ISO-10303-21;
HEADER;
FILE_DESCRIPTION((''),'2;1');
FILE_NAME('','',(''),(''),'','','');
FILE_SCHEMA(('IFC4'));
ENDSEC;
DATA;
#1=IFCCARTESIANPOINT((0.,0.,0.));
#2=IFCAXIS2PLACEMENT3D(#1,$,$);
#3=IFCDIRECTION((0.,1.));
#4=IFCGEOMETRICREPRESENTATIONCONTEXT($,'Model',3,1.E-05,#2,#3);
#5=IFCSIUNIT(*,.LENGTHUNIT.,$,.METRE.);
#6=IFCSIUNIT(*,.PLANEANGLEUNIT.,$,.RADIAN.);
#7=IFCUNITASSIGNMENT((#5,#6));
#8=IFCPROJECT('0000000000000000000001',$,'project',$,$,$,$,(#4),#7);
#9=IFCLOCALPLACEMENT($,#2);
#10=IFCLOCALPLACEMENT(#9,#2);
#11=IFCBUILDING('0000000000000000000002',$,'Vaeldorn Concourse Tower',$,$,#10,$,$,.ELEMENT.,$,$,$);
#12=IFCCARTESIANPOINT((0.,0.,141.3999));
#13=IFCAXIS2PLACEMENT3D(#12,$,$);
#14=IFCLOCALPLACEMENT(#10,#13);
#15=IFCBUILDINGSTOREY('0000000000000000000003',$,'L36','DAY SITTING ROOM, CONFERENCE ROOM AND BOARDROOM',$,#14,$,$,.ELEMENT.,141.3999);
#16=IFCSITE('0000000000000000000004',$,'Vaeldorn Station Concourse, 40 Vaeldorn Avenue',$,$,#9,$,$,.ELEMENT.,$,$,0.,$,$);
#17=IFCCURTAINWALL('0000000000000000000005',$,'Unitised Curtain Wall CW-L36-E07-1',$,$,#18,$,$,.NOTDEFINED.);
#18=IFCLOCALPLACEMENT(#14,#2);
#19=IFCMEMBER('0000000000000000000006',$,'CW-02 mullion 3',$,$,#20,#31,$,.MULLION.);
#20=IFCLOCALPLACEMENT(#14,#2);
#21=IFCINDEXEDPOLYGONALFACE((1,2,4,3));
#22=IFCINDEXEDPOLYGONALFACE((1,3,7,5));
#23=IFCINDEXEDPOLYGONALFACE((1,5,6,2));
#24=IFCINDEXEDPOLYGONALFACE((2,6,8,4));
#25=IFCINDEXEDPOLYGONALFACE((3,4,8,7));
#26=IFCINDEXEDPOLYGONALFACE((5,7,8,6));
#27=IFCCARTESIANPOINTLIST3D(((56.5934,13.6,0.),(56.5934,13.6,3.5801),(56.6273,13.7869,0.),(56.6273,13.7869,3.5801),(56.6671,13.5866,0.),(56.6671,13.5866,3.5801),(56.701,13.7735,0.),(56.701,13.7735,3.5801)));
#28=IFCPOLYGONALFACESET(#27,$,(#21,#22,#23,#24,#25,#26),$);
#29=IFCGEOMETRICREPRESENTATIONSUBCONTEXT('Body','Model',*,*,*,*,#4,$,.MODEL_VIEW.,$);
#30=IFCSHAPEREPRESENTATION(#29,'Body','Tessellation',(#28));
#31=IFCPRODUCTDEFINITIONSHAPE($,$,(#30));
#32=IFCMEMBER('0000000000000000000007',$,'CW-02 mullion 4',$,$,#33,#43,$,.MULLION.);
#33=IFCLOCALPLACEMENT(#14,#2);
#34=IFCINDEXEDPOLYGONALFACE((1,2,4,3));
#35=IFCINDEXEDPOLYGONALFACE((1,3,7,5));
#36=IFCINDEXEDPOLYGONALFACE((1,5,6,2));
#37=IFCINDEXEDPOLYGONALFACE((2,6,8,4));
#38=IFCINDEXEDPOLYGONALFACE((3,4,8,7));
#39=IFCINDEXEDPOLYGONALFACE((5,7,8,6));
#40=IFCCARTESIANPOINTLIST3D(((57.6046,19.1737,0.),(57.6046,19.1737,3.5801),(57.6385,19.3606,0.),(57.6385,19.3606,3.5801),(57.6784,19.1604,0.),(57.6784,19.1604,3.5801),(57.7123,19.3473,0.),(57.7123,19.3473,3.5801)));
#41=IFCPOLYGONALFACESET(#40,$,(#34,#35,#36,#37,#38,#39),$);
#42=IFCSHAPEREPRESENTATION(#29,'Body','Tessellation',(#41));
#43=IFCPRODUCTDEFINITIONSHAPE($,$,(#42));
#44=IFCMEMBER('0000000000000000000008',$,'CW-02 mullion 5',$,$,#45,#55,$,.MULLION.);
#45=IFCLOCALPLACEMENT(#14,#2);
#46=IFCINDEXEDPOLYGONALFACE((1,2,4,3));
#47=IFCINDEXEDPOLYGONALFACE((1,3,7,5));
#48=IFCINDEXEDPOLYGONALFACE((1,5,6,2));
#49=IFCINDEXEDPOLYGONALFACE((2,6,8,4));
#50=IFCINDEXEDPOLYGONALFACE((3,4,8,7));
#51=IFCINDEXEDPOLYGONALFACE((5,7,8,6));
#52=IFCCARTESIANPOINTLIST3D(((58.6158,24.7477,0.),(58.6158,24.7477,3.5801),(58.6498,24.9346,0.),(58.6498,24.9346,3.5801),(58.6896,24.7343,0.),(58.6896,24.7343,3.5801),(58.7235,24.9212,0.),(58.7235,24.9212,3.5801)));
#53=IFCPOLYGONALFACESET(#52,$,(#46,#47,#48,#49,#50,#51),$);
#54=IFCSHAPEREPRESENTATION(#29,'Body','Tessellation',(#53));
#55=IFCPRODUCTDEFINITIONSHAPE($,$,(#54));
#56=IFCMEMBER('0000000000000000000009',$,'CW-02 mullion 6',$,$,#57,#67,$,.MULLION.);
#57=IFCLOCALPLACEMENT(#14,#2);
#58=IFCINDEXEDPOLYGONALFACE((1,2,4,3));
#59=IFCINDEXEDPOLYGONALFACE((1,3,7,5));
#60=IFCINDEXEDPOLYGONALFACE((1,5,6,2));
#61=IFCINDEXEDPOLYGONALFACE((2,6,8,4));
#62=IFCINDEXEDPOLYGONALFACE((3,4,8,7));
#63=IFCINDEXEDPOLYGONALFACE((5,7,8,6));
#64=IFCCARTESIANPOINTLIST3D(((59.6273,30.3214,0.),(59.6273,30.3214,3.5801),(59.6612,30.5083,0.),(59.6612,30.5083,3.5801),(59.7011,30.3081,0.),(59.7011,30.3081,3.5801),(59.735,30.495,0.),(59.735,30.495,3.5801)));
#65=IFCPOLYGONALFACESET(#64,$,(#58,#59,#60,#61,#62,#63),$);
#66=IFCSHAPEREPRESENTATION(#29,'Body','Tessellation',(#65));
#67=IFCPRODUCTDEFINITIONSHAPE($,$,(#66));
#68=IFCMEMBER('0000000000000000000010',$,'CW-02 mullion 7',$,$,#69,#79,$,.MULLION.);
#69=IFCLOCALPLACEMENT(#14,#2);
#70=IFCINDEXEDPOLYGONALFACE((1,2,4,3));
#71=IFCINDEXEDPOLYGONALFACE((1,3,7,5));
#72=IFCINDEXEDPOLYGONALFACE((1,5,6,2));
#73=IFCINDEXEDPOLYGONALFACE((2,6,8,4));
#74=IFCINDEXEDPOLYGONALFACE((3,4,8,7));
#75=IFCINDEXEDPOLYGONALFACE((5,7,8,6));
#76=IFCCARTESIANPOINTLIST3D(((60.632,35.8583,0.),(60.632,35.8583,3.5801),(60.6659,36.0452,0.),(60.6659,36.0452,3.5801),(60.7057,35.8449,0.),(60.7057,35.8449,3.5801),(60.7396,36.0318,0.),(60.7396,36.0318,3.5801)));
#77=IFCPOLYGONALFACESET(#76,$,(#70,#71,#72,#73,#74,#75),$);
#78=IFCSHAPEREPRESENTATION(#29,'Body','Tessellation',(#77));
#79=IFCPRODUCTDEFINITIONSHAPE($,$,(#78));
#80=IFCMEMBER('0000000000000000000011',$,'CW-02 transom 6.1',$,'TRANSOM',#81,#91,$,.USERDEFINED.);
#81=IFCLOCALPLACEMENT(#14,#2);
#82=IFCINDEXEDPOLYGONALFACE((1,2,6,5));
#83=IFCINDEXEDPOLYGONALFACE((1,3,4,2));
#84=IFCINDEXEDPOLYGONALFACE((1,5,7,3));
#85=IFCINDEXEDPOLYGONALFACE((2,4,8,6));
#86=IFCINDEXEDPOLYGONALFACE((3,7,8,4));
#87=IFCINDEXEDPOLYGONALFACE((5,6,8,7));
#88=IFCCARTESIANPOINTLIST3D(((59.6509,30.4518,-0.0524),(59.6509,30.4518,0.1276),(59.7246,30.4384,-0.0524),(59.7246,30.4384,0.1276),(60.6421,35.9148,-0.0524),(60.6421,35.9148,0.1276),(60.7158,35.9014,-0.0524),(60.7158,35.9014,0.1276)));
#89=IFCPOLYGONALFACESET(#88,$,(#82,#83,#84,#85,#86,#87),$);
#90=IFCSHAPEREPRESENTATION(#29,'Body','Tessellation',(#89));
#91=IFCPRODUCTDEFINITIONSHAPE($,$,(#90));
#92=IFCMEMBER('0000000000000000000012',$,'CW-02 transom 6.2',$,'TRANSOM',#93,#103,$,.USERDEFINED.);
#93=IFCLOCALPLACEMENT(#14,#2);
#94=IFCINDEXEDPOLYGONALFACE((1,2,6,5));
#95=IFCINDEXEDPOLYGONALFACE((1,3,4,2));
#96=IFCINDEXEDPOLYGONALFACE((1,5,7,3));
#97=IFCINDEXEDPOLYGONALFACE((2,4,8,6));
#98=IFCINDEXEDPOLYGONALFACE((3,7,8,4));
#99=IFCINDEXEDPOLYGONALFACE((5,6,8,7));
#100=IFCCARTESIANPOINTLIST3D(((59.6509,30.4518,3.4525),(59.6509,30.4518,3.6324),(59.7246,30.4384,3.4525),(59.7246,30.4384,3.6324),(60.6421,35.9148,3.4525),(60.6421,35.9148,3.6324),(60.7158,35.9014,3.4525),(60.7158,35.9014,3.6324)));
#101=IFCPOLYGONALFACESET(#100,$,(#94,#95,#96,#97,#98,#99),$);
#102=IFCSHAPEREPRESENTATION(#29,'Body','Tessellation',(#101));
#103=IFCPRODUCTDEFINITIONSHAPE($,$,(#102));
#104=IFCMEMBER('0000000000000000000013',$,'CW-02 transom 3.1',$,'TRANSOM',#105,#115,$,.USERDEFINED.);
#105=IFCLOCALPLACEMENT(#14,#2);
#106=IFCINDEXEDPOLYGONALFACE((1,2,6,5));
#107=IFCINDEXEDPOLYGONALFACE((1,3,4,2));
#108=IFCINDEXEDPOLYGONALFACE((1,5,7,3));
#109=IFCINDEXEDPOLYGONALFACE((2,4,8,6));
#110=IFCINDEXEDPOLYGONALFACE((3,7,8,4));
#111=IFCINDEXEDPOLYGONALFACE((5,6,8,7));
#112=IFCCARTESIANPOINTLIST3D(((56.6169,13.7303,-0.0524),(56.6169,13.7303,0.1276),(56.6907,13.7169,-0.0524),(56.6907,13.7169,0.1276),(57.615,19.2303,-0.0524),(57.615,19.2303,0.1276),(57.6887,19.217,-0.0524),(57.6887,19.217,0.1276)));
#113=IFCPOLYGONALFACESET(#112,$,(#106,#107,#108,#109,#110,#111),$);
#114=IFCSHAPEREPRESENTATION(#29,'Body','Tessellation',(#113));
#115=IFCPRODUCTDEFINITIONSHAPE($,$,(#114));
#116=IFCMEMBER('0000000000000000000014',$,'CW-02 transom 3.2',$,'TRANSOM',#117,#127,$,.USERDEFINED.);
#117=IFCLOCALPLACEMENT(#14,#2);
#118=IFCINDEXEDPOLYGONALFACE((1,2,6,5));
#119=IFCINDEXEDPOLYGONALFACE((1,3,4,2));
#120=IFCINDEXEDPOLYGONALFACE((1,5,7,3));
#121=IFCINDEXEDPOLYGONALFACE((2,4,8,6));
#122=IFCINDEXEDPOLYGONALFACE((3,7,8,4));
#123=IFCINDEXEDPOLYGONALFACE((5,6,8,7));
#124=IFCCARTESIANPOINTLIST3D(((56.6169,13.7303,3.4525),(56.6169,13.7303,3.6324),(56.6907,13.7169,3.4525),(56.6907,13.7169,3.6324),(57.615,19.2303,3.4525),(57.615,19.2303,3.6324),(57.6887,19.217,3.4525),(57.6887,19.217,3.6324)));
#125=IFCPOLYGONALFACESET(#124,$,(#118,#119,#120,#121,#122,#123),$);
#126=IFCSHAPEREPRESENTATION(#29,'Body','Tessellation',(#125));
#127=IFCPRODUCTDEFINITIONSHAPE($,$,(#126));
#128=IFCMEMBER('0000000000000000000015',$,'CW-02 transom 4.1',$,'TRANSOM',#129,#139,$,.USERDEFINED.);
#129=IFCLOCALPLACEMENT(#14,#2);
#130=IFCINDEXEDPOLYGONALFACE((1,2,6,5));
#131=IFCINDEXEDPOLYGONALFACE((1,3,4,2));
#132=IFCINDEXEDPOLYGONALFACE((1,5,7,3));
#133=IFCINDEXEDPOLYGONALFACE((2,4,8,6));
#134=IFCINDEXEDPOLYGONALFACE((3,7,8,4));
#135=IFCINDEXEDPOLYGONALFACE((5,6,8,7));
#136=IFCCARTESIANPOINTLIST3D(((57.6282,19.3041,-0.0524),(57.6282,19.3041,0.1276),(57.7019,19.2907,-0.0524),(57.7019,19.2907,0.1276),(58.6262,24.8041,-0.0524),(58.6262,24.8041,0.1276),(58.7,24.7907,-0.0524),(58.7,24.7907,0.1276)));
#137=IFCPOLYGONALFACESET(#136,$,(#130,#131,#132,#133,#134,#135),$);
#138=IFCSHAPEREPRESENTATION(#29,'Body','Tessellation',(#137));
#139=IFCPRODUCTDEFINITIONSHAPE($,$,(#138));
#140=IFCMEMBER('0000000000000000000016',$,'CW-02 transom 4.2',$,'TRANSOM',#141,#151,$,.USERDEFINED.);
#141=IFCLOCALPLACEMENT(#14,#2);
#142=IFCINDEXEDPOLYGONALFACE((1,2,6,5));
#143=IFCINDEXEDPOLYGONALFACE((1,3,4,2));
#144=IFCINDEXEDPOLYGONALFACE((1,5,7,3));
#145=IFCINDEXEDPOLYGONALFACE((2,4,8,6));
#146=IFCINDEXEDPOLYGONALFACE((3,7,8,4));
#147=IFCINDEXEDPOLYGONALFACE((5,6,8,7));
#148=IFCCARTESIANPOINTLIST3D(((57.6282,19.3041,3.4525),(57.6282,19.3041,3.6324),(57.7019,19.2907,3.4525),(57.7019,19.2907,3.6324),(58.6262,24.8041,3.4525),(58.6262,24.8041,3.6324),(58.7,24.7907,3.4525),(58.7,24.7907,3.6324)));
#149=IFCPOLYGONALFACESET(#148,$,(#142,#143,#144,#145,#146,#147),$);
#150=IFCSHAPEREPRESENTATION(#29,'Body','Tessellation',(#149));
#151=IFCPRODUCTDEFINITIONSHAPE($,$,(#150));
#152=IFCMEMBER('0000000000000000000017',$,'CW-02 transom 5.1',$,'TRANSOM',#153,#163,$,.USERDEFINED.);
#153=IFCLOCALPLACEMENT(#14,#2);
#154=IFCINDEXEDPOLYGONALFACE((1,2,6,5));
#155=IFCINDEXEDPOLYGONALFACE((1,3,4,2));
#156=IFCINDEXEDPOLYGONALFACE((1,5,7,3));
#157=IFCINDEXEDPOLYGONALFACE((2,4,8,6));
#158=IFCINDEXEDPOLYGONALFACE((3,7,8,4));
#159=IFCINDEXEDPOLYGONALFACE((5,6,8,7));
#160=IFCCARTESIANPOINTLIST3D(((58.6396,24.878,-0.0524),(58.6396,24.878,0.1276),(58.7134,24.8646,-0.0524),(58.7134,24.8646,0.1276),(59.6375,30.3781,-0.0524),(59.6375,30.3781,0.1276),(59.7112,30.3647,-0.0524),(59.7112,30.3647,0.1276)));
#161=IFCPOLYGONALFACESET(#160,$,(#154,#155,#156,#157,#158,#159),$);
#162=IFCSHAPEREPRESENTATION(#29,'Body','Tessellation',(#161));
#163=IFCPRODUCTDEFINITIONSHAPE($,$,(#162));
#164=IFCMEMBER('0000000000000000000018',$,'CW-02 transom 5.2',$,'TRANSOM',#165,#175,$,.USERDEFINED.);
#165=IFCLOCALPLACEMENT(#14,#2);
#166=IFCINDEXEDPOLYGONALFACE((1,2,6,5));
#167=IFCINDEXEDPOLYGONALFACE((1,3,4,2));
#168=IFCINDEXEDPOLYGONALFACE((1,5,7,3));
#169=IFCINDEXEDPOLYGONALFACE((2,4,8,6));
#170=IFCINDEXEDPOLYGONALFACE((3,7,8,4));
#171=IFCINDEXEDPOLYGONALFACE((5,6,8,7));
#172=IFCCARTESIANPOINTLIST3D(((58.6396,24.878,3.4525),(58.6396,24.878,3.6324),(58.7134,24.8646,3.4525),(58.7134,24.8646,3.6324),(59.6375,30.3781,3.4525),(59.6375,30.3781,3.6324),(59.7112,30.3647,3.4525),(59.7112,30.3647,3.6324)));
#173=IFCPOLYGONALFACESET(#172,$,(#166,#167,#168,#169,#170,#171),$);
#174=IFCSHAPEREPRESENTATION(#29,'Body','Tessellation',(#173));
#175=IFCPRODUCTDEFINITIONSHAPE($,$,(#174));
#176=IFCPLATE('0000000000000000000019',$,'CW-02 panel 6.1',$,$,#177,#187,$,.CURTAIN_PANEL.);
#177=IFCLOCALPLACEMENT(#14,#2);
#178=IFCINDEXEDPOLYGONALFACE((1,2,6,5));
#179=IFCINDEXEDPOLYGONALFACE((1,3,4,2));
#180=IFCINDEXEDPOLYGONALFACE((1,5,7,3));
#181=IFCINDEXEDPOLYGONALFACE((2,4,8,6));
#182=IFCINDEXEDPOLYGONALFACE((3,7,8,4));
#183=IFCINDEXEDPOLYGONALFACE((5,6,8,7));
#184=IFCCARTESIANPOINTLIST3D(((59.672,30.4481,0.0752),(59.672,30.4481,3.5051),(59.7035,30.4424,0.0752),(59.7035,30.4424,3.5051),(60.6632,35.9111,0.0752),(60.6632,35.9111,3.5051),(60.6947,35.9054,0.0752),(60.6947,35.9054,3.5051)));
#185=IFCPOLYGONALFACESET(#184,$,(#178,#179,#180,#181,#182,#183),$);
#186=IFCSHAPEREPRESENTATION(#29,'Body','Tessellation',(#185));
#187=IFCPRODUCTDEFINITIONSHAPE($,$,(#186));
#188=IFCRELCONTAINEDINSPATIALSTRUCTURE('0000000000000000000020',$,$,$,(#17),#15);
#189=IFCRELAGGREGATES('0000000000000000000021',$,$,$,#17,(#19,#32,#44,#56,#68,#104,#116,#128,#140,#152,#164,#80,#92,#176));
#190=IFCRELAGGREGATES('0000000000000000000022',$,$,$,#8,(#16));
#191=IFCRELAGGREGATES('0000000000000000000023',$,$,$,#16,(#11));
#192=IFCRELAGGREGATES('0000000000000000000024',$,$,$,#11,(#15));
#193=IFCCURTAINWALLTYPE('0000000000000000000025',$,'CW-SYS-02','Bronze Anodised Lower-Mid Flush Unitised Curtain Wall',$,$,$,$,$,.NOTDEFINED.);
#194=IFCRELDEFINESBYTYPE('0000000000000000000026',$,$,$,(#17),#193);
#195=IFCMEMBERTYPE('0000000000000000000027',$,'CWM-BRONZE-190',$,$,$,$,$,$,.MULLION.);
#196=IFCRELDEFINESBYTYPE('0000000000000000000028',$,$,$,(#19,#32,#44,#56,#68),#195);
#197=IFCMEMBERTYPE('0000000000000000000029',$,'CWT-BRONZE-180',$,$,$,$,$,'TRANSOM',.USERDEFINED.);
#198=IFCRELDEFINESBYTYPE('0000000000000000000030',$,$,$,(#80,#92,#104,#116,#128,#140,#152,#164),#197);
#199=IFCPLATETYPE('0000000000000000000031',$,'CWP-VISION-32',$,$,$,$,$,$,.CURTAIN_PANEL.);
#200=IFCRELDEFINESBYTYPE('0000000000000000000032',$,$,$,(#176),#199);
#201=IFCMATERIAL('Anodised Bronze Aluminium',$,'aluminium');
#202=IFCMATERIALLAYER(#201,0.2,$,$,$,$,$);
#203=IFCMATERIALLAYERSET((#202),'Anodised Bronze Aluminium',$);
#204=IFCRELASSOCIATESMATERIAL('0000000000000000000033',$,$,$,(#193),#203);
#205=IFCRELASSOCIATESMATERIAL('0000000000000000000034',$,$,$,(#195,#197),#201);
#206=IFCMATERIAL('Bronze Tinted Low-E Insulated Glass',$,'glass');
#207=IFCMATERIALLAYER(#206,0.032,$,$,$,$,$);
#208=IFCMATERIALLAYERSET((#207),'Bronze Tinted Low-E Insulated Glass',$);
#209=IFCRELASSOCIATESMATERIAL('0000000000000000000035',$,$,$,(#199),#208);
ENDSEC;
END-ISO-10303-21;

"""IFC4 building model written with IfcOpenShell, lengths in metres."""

from ifc_helpers import new_model, si_unit, direction, frame, origin, origin_2d, place, context, subcontext, project, spatial, rectangle, extrude, source, transform, mapped, material, layer, layer_set, material_profile, profile_set, type_object, element, aggregate, save


model = new_model("IFC4")

# Units and contexts
model_context = context("Model", 3, precision=1e-05, world=origin(), true_north=direction((0.0, 1.0)))
body_context = subcontext(model_context, "Body", "Model", "MODEL_VIEW")
ifc_project = project(units=[si_unit("LENGTHUNIT", "METRE"), si_unit("PLANEANGLEUNIT", "RADIAN")], contexts=[model_context])

# Site, building, storey
site_placement = place(None, origin())
site = spatial("IfcSite", under=ifc_project, at=site_placement, Name="Vaeldorn Station Concourse, 40 Vaeldorn Avenue", CompositionType="ELEMENT", RefElevation=0.0)
building_placement = place(site_placement, origin())
building = spatial("IfcBuilding", under=site, at=building_placement, Name="Vaeldorn Concourse Tower", CompositionType="ELEMENT")
storey_placement = place(building_placement, frame((0.0, 0.0, 141.3999)))
storey = spatial("IfcBuildingStorey", under=building, at=storey_placement, Name="L36", Description="DAY SITTING ROOM, CONFERENCE ROOM AND BOARDROOM", CompositionType="ELEMENT", Elevation=141.3999)

# Curtain wall, members, plate
ifc_material_1 = material(Name="Anodised Bronze Aluminium", Category="aluminium")
ifc_layer_1 = layer(ifc_material_1, 0.2)
ifc_layer_set_1 = layer_set([ifc_layer_1], Name="Anodised Bronze Aluminium")
curtain_wall_type = type_object("IfcCurtainWallType", Name="CW-SYS-02", Description="Bronze Anodised Lower-Mid Flush Unitised Curtain Wall", PredefinedType="NOTDEFINED", material=ifc_layer_set_1)
curtain_wall_placement = place(storey_placement, origin())
curtain_wall = element("IfcCurtainWall", 1, at=curtain_wall_placement, inside=storey, type_object=curtain_wall_type, Name="Unitised Curtain Wall CW-L36-E07-1", PredefinedType="NOTDEFINED")
ifc_material_profile_1 = material_profile(ifc_material_1, rectangle(XDim=0.075, YDim=0.1899, at=origin_2d()), Name="CWM 75x190")
ifc_profile_set_1 = profile_set([ifc_material_profile_1], Name="Anodised Bronze Aluminium")
member_type_1 = type_object("IfcMemberType", Name="CWM-BRONZE-190", PredefinedType="MULLION", material=ifc_profile_set_1)
shared_shape_1 = source(origin(), body_context, "Body", "SweptSolid", [
    extrude(rectangle(XDim=0.075, YDim=0.1899, at=origin_2d()), origin(), (0.0, 0.0, 1.0), 3.5801),
])
member_1_placement = place(storey_placement, frame((56.6472, 13.6868, 0.0), z_axis=(0.0, 0.0, 1.0), x_axis=(-0.983935, 0.178526, 0.0)))
member_1 = element("IfcMember", 2, at=member_1_placement, type_object=member_type_1, Name="CW-02 mullion 3", PredefinedType="MULLION", context=body_context, shape_type="MappedRepresentation", body=[
    mapped(shared_shape_1, transform((0.0, 0.0, 0.0), scale=1.0)),
])
member_2_placement = place(storey_placement, frame((57.6584, 19.2605, 0.0), z_axis=(0.0, 0.0, 1.0), x_axis=(-0.983935, 0.178526, 0.0)))
member_2 = element("IfcMember", 3, at=member_2_placement, type_object=member_type_1, Name="CW-02 mullion 4", PredefinedType="MULLION", context=body_context, shape_type="MappedRepresentation", body=[
    mapped(shared_shape_1, transform((0.0, 0.0, 0.0), scale=1.0)),
])
member_3_placement = place(storey_placement, frame((58.6697, 24.8345, 0.0), z_axis=(0.0, 0.0, 1.0), x_axis=(-0.983935, 0.178526, 0.0)))
member_3 = element("IfcMember", 4, at=member_3_placement, type_object=member_type_1, Name="CW-02 mullion 5", PredefinedType="MULLION", context=body_context, shape_type="MappedRepresentation", body=[
    mapped(shared_shape_1, transform((0.0, 0.0, 0.0), scale=1.0)),
])
member_4_placement = place(storey_placement, frame((59.6812, 30.4082, 0.0), z_axis=(0.0, 0.0, 1.0), x_axis=(-0.983935, 0.178526, 0.0)))
member_4 = element("IfcMember", 5, at=member_4_placement, type_object=member_type_1, Name="CW-02 mullion 6", PredefinedType="MULLION", context=body_context, shape_type="MappedRepresentation", body=[
    mapped(shared_shape_1, transform((0.0, 0.0, 0.0), scale=1.0)),
])
member_5_placement = place(storey_placement, frame((60.6858, 35.9451, 0.0), z_axis=(0.0, 0.0, 1.0), x_axis=(-0.983935, 0.178526, 0.0)))
member_5 = element("IfcMember", 6, at=member_5_placement, type_object=member_type_1, Name="CW-02 mullion 7", PredefinedType="MULLION", context=body_context, shape_type="MappedRepresentation", body=[
    mapped(shared_shape_1, transform((0.0, 0.0, 0.0), scale=1.0)),
])
ifc_material_profile_2 = material_profile(ifc_material_1, rectangle(XDim=0.075, YDim=0.1799, at=origin_2d()), Name="CWT 75x180")
ifc_profile_set_2 = profile_set([ifc_material_profile_2], Name="Anodised Bronze Aluminium")
member_type_2 = type_object("IfcMemberType", Name="CWT-BRONZE-180", ElementType="TRANSOM", PredefinedType="USERDEFINED", material=ifc_profile_set_2)
shared_shape_2 = source(origin(), body_context, "Body", "SweptSolid", [
    extrude(rectangle(XDim=0.075, YDim=0.1799, at=origin_2d()), origin(), (0.0, 0.0, 1.0), 5.5522),
])
member_6_placement = place(storey_placement, frame((59.6877, 30.4451, 0.0376), z_axis=(0.178522, 0.983936, 0.0), x_axis=(-0.983936, 0.178522, 0.0)))
member_6 = element("IfcMember", 7, at=member_6_placement, type_object=member_type_2, Name="CW-02 transom 6.1", ObjectType="TRANSOM", PredefinedType="USERDEFINED", context=body_context, shape_type="MappedRepresentation", body=[
    mapped(shared_shape_2, transform((0.0, 0.0, 0.0), scale=1.0)),
])
member_7_placement = place(storey_placement, frame((59.6877, 30.4451, 3.5425), z_axis=(0.178522, 0.983936, 0.0), x_axis=(-0.983936, 0.178522, 0.0)))
member_7 = element("IfcMember", 8, at=member_7_placement, type_object=member_type_2, Name="CW-02 transom 6.2", ObjectType="TRANSOM", PredefinedType="USERDEFINED", context=body_context, shape_type="MappedRepresentation", body=[
    mapped(shared_shape_2, transform((0.0, 0.0, 0.0), scale=1.0)),
])
shared_shape_3 = source(origin(), body_context, "Body", "SweptSolid", [
    extrude(rectangle(XDim=0.075, YDim=0.1799, at=origin_2d()), origin(), (0.0, 0.0, 1.0), 5.5898),
])
member_8_placement = place(storey_placement, frame((56.6538, 13.7236, 0.0376), z_axis=(0.178547, 0.983931, 0.0), x_axis=(-0.983931, 0.178547, 0.0)))
member_8 = element("IfcMember", 9, at=member_8_placement, type_object=member_type_2, Name="CW-02 transom 3.1", ObjectType="TRANSOM", PredefinedType="USERDEFINED", context=body_context, shape_type="MappedRepresentation", body=[
    mapped(shared_shape_3, transform((0.0, 0.0, 0.0), scale=1.0)),
])
member_9_placement = place(storey_placement, frame((56.6538, 13.7236, 3.5425), z_axis=(0.178547, 0.983931, 0.0), x_axis=(-0.983931, 0.178547, 0.0)))
member_9 = element("IfcMember", 10, at=member_9_placement, type_object=member_type_2, Name="CW-02 transom 3.2", ObjectType="TRANSOM", PredefinedType="USERDEFINED", context=body_context, shape_type="MappedRepresentation", body=[
    mapped(shared_shape_3, transform((0.0, 0.0, 0.0), scale=1.0)),
])
member_10_placement = place(storey_placement, frame((57.665, 19.2974, 0.0376), z_axis=(0.178547, 0.983931, 0.0), x_axis=(-0.983931, 0.178547, 0.0)))
member_10 = element("IfcMember", 11, at=member_10_placement, type_object=member_type_2, Name="CW-02 transom 4.1", ObjectType="TRANSOM", PredefinedType="USERDEFINED", context=body_context, shape_type="MappedRepresentation", body=[
    mapped(shared_shape_3, transform((0.0, 0.0, 0.0), scale=1.0)),
])
member_11_placement = place(storey_placement, frame((57.665, 19.2974, 3.5425), z_axis=(0.178547, 0.983931, 0.0), x_axis=(-0.983931, 0.178547, 0.0)))
member_11 = element("IfcMember", 12, at=member_11_placement, type_object=member_type_2, Name="CW-02 transom 4.2", ObjectType="TRANSOM", PredefinedType="USERDEFINED", context=body_context, shape_type="MappedRepresentation", body=[
    mapped(shared_shape_3, transform((0.0, 0.0, 0.0), scale=1.0)),
])
member_12_placement = place(storey_placement, frame((58.6765, 24.8713, 0.0376), z_axis=(0.178505, 0.983939, 0.0), x_axis=(-0.983939, 0.178505, 0.0)))
member_12 = element("IfcMember", 13, at=member_12_placement, type_object=member_type_2, Name="CW-02 transom 5.1", ObjectType="TRANSOM", PredefinedType="USERDEFINED", context=body_context, shape_type="MappedRepresentation", body=[
    mapped(shared_shape_3, transform((0.0, 0.0, 0.0), scale=1.0)),
])
member_13_placement = place(storey_placement, frame((58.6765, 24.8713, 3.5425), z_axis=(0.178505, 0.983939, 0.0), x_axis=(-0.983939, 0.178505, 0.0)))
member_13 = element("IfcMember", 14, at=member_13_placement, type_object=member_type_2, Name="CW-02 transom 5.2", ObjectType="TRANSOM", PredefinedType="USERDEFINED", context=body_context, shape_type="MappedRepresentation", body=[
    mapped(shared_shape_3, transform((0.0, 0.0, 0.0), scale=1.0)),
])
ifc_material_2 = material(Name="Bronze Tinted Low-E Insulated Glass", Category="glass")
ifc_layer_2 = layer(ifc_material_2, 0.032)
ifc_layer_set_2 = layer_set([ifc_layer_2], Name="Bronze Tinted Low-E Insulated Glass")
plate_type = type_object("IfcPlateType", Name="CWP-VISION-32", PredefinedType="CURTAIN_PANEL", material=ifc_layer_set_2)
shared_shape_4 = source(origin(), body_context, "Body", "SweptSolid", [
    extrude(rectangle(XDim=5.5522, YDim=0.032, at=origin_2d()), origin(), (0.0, 0.0, 1.0), 3.4299),
])
plate_1_placement = place(storey_placement, frame((60.1833, 33.1768, 0.0752), z_axis=(0.0, 0.0, 1.0), x_axis=(0.178526, 0.983935, 0.0)))
plate_1 = element("IfcPlate", 15, at=plate_1_placement, type_object=plate_type, Name="CW-02 panel 6.1", PredefinedType="CURTAIN_PANEL", context=body_context, shape_type="MappedRepresentation", body=[
    mapped(shared_shape_4, transform((0.0, 0.0, 0.0), scale=1.0)),
])
aggregate(curtain_wall, [member_1, member_2, member_3, member_4, member_5, member_8, member_9, member_10, member_11, member_12, member_13, member_6, member_7, plate_1])

save(model, "model.ifc")
